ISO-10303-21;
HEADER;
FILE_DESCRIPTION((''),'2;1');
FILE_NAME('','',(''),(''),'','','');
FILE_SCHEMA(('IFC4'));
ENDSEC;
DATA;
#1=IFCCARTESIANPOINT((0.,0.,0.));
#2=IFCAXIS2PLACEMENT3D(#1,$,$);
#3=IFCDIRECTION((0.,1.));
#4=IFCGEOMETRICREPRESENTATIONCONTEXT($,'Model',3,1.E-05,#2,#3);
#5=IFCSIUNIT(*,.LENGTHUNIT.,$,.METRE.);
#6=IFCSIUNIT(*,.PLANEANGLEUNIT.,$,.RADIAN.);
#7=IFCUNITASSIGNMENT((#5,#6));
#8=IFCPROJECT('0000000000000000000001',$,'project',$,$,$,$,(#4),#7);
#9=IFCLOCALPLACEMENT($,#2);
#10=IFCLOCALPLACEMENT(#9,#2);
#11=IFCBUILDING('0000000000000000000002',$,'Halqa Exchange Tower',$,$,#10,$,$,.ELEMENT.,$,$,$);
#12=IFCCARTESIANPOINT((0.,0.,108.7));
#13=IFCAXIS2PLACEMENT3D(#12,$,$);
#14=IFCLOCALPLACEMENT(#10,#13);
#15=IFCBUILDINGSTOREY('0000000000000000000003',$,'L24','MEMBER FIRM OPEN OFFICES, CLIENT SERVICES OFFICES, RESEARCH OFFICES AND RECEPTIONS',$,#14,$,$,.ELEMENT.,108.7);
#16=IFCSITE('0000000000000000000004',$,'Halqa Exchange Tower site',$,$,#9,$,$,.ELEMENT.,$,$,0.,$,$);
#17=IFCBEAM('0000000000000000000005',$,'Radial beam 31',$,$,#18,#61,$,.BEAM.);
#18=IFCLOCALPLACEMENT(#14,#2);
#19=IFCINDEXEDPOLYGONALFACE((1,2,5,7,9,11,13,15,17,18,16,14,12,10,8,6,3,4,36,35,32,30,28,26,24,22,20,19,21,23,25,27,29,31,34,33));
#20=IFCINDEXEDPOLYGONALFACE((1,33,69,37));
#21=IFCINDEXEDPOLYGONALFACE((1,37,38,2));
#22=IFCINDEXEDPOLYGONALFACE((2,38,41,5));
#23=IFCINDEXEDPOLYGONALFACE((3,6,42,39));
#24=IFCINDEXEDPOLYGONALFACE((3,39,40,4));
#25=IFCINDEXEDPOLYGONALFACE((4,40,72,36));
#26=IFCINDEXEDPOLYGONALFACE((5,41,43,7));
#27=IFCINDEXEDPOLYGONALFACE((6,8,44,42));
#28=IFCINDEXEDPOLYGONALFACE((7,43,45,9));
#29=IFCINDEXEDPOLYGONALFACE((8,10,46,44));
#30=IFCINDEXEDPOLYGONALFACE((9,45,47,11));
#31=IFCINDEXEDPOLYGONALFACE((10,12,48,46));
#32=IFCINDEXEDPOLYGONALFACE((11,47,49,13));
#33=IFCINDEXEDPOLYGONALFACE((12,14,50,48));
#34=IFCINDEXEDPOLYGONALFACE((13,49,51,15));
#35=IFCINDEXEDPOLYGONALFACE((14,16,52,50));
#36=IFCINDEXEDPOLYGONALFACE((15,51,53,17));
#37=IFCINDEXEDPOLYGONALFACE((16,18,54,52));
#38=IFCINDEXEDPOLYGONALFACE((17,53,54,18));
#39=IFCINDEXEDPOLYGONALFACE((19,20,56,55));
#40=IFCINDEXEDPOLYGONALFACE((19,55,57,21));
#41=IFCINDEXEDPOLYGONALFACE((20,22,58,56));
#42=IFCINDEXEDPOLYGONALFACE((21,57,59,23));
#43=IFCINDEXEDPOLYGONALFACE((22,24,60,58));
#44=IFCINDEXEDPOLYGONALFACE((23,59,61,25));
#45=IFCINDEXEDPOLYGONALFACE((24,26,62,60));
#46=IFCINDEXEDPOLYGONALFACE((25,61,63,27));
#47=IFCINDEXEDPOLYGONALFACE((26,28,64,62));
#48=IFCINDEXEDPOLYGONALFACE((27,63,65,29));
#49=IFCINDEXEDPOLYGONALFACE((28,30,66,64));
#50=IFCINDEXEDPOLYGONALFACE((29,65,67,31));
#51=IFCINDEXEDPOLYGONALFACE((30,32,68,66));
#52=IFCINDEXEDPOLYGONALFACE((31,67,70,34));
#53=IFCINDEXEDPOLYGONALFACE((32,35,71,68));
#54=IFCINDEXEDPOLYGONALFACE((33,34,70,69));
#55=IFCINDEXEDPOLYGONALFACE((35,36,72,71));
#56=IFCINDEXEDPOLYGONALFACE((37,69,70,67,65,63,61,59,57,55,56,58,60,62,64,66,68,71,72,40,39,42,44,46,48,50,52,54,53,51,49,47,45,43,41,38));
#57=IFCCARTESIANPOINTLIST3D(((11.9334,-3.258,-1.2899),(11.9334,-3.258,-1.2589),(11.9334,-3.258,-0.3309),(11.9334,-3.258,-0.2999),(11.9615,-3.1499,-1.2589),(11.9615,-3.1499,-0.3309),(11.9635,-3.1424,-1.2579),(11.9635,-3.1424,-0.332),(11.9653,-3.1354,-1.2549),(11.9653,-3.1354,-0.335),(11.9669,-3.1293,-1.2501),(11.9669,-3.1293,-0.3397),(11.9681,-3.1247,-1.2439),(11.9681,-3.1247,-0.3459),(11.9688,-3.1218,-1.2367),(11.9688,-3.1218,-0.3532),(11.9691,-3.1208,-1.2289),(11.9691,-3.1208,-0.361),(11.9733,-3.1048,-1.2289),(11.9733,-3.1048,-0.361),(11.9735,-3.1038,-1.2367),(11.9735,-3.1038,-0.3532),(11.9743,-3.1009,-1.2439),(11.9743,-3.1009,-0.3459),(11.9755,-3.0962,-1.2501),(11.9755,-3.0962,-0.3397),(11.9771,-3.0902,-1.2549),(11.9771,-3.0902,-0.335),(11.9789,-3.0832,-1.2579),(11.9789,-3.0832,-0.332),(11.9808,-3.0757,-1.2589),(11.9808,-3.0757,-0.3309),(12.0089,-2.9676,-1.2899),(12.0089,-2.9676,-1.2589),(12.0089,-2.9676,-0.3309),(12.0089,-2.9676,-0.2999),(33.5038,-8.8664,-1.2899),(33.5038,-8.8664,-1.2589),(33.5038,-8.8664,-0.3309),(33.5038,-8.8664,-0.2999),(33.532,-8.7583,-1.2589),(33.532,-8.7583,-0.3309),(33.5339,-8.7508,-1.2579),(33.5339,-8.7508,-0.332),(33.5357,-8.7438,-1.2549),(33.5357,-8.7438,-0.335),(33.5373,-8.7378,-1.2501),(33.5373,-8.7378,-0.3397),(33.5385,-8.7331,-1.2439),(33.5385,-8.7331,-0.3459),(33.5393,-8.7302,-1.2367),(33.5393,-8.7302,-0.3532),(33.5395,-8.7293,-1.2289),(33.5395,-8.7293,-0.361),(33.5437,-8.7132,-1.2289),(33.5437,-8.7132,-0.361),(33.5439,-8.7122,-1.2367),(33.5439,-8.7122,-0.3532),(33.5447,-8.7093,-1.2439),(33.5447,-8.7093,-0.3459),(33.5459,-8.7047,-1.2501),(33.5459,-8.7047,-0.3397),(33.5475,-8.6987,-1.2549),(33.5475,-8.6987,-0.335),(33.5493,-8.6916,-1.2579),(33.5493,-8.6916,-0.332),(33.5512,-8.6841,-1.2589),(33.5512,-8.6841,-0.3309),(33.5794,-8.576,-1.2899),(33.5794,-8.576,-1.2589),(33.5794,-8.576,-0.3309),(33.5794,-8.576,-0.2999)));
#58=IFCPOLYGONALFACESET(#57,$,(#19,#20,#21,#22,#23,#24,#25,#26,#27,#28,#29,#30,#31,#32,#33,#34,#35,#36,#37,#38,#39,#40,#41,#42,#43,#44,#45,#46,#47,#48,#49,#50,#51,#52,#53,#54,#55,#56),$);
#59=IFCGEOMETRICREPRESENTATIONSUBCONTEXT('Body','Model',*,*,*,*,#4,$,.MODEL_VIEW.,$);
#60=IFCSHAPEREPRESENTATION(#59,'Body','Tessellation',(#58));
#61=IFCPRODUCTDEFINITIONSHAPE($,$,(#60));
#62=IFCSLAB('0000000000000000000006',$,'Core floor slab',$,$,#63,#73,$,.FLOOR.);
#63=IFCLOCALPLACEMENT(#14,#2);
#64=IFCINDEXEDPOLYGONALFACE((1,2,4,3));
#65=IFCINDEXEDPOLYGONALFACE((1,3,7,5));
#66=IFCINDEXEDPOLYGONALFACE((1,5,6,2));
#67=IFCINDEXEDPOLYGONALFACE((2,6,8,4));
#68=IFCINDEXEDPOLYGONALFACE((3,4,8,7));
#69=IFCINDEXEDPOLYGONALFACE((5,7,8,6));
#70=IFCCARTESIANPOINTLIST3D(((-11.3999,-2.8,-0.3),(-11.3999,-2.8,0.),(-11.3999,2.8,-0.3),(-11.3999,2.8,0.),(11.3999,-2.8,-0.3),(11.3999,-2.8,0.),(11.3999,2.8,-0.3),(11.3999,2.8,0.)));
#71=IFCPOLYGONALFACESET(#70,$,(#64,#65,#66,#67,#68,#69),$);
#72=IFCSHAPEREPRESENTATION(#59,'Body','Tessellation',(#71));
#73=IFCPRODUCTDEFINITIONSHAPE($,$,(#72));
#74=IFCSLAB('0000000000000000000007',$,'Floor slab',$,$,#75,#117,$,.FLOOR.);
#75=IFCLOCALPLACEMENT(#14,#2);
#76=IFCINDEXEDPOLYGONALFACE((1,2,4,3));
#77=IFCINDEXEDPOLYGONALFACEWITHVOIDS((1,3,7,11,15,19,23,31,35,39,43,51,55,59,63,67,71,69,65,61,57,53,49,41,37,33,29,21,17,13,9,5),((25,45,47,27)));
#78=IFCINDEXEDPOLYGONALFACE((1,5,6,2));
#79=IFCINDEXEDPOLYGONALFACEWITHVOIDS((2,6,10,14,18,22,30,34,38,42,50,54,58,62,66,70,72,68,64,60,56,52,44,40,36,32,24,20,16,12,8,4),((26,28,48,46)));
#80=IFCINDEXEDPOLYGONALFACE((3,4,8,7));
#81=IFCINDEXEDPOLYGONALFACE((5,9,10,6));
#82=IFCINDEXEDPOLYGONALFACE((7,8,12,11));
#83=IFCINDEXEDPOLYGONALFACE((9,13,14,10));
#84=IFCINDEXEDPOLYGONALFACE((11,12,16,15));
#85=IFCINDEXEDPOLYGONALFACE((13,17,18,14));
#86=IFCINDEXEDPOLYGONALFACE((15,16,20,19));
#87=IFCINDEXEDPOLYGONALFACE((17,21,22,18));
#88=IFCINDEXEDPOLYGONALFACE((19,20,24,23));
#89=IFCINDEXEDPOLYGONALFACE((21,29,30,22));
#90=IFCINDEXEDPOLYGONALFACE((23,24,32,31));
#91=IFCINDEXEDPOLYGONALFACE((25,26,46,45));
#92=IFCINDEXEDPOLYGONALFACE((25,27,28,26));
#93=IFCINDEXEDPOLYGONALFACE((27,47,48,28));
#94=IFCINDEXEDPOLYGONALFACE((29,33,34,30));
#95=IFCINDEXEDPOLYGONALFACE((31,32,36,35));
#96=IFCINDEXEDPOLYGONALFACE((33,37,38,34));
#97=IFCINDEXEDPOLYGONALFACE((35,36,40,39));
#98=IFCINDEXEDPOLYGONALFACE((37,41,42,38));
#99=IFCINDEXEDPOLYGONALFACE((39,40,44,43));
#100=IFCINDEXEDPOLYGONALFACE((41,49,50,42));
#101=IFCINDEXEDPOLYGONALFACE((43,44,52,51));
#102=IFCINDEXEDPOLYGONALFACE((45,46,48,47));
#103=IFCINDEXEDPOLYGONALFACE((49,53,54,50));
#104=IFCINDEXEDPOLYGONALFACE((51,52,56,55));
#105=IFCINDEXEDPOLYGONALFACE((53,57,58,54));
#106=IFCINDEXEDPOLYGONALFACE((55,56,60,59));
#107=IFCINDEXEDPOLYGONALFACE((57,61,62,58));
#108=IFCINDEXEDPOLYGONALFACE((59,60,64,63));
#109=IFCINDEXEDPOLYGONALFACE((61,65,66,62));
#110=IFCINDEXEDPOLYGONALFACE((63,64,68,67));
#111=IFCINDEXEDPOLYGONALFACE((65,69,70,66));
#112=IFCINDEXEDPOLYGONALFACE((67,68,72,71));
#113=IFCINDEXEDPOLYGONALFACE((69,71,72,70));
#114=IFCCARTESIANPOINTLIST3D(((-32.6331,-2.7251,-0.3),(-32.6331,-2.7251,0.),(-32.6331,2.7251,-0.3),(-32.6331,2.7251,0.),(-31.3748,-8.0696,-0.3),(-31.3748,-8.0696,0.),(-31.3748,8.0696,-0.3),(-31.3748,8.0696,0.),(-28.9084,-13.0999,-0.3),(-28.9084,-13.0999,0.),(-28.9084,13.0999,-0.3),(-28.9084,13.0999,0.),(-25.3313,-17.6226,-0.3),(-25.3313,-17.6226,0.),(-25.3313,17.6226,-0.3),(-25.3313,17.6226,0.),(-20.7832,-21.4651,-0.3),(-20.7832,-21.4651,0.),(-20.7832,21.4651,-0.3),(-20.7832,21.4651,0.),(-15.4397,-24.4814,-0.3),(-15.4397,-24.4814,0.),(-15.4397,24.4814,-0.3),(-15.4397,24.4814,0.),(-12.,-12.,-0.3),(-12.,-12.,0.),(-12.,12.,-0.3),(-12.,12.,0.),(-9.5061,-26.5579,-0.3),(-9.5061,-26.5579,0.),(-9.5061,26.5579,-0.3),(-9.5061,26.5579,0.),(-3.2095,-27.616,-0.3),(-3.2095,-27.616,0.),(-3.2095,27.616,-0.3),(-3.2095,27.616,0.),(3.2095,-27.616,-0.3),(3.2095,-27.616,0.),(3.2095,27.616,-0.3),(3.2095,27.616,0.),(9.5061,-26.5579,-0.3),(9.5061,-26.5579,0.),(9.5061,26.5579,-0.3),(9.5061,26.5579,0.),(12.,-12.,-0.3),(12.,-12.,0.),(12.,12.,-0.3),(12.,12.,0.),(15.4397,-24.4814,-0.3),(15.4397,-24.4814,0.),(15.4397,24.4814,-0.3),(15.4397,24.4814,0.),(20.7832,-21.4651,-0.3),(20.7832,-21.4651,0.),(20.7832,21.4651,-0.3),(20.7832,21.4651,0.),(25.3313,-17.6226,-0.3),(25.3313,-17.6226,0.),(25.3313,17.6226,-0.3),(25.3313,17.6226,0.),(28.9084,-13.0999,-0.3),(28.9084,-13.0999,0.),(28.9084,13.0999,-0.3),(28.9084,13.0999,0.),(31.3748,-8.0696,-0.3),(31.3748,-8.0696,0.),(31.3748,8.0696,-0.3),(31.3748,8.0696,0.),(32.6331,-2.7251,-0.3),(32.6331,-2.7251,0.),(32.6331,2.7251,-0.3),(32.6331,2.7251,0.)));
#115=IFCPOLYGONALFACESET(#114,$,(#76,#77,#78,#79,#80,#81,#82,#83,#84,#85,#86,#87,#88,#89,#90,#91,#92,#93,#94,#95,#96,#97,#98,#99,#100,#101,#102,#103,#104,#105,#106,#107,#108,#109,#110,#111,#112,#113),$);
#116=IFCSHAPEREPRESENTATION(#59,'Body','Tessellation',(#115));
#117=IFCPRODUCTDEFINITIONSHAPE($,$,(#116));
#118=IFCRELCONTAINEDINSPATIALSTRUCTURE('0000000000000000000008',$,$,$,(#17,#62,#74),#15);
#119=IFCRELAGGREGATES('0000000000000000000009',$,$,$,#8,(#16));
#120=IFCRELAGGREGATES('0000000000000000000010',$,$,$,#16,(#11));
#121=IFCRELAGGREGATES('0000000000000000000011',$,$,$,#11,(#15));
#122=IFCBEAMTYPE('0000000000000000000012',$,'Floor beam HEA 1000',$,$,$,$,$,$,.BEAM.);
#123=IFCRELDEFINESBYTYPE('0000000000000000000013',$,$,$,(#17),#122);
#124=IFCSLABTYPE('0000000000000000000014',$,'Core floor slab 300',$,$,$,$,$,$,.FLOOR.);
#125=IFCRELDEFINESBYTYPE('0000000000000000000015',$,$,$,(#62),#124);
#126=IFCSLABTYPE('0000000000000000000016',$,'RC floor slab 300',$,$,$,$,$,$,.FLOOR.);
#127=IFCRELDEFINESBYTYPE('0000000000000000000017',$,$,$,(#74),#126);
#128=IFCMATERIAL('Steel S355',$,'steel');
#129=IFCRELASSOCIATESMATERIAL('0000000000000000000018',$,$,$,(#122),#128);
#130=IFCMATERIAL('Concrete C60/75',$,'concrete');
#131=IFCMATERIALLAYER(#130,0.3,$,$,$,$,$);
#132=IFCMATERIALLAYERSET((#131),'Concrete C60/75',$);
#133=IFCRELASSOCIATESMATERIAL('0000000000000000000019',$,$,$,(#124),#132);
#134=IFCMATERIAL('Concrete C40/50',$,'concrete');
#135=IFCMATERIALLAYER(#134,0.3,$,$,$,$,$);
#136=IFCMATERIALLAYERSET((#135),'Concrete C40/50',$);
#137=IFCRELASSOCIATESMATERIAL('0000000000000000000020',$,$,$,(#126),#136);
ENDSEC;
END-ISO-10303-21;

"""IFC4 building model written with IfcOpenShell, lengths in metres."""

from ifc_helpers import new_model, si_unit, direction, frame, origin, origin_2d, place, context, subcontext, project, spatial, polyline, i_section, outline, extrude, material, layer, layer_set, material_profile, profile_set, type_object, element, save


model = new_model("IFC4")

# Units and contexts
model_context = context("Model", 3, precision=1e-05, world=origin(), true_north=direction((0.0, 1.0)))
body_context = subcontext(model_context, "Body", "Model", "MODEL_VIEW")
ifc_project = project(units=[si_unit("LENGTHUNIT", "METRE"), si_unit("PLANEANGLEUNIT", "RADIAN")], contexts=[model_context])

# Site, building, storey
site_placement = place(None, origin())
site = spatial("IfcSite", under=ifc_project, at=site_placement, Name="Halqa Exchange Tower site", CompositionType="ELEMENT", RefElevation=0.0)
building_placement = place(site_placement, origin())
building = spatial("IfcBuilding", under=site, at=building_placement, Name="Halqa Exchange Tower", CompositionType="ELEMENT")
storey_placement = place(building_placement, frame((0.0, 0.0, 108.7)))
storey = spatial("IfcBuildingStorey", under=building, at=storey_placement, Name="L24", Description="MEMBER FIRM OPEN OFFICES, CLIENT SERVICES OFFICES, RESEARCH OFFICES AND RECEPTIONS", CompositionType="ELEMENT", Elevation=108.7)

# Beam
ifc_material_1 = material(Name="Steel S355", Category="steel")
ifc_material_profile = material_profile(ifc_material_1, i_section(OverallWidth=0.3, OverallDepth=0.99, WebThickness=0.0166, FlangeThickness=0.031, FilletRadius=0.03, at=origin_2d()), Name="HEA 1000")
ifc_profile_set = profile_set([ifc_material_profile], Name="Steel S355")
beam_type = type_object("IfcBeamType", Name="Floor beam HEA 1000", PredefinedType="BEAM", material=ifc_profile_set)
beam_placement = place(storey_placement, frame((11.9712, -3.1128, -0.7949), z_axis=(0.967821, -0.251639, 0.0), x_axis=(0.251639, 0.967821, 0.0)))
element("IfcBeam", 1, at=beam_placement, inside=storey, type_object=beam_type, Name="Radial beam 31", PredefinedType="BEAM", context=body_context, shape_type="SweptSolid", body=[
    extrude(i_section(OverallWidth=0.3, OverallDepth=0.99, WebThickness=0.0166, FlangeThickness=0.031, FilletRadius=0.03, at=origin_2d()), origin(), (0.0, 0.0, 1.0), 22.2876),
])

# Slabs
ifc_material_2 = material(Name="Concrete C60/75", Category="concrete")
ifc_layer_1 = layer(ifc_material_2, 0.3)
ifc_layer_set_1 = layer_set([ifc_layer_1], Name="Concrete C60/75")
slab_type_1 = type_object("IfcSlabType", Name="Core floor slab 300", PredefinedType="FLOOR", material=ifc_layer_set_1)
slab_1_placement = place(storey_placement, frame((0.0, 0.0, -0.3)))
element("IfcSlab", 2, at=slab_1_placement, inside=storey, type_object=slab_type_1, Name="Core floor slab", PredefinedType="FLOOR", context=body_context, shape_type="SweptSolid", body=[
    extrude(outline(polyline([(-11.3999, 2.8), (11.3999, 2.8), (11.3999, -2.8), (-11.3999, -2.8), (-11.3999, 2.8)])), origin(), (0.0, 0.0, 1.0), 0.3),
])
ifc_material_3 = material(Name="Concrete C40/50", Category="concrete")
ifc_layer_2 = layer(ifc_material_3, 0.3)
ifc_layer_set_2 = layer_set([ifc_layer_2], Name="Concrete C40/50")
slab_type_2 = type_object("IfcSlabType", Name="RC floor slab 300", PredefinedType="FLOOR", material=ifc_layer_set_2)
slab_2_placement = place(storey_placement, frame((0.0, 0.0, -0.3)))
element("IfcSlab", 3, at=slab_2_placement, inside=storey, type_object=slab_type_2, Name="Floor slab", PredefinedType="FLOOR", context=body_context, shape_type="SweptSolid", body=[
    extrude(outline(polyline([(32.6331, 2.7251), (31.3748, 8.0696), (28.9084, 13.0999), (25.3313, 17.6226), (20.7832, 21.4651), (15.4397, 24.4814), (9.5061, 26.5579), (3.2095, 27.616), (-3.2095, 27.616), (-9.5061, 26.5579), (-15.4397, 24.4814), (-20.7832, 21.4651), (-25.3313, 17.6226), (-28.9084, 13.0999), (-31.3748, 8.0696), (-32.6331, 2.7251), (-32.6331, -2.7251), (-31.3748, -8.0696), (-28.9084, -13.0999), (-25.3313, -17.6226), (-20.7832, -21.4651), (-15.4397, -24.4814), (-9.5061, -26.5579), (-3.2095, -27.616), (3.2095, -27.616), (9.5061, -26.5579), (15.4397, -24.4814), (20.7832, -21.4651), (25.3313, -17.6226), (28.9084, -13.0999), (31.3748, -8.0696), (32.6331, -2.7251), (32.6331, 2.7251)]), holes=[polyline([(-12.0, -12.0), (12.0, -12.0), (12.0, 12.0), (-12.0, 12.0), (-12.0, -12.0)])]), origin(), (0.0, 0.0, 1.0), 0.3),
])

save(model, "model.ifc")
